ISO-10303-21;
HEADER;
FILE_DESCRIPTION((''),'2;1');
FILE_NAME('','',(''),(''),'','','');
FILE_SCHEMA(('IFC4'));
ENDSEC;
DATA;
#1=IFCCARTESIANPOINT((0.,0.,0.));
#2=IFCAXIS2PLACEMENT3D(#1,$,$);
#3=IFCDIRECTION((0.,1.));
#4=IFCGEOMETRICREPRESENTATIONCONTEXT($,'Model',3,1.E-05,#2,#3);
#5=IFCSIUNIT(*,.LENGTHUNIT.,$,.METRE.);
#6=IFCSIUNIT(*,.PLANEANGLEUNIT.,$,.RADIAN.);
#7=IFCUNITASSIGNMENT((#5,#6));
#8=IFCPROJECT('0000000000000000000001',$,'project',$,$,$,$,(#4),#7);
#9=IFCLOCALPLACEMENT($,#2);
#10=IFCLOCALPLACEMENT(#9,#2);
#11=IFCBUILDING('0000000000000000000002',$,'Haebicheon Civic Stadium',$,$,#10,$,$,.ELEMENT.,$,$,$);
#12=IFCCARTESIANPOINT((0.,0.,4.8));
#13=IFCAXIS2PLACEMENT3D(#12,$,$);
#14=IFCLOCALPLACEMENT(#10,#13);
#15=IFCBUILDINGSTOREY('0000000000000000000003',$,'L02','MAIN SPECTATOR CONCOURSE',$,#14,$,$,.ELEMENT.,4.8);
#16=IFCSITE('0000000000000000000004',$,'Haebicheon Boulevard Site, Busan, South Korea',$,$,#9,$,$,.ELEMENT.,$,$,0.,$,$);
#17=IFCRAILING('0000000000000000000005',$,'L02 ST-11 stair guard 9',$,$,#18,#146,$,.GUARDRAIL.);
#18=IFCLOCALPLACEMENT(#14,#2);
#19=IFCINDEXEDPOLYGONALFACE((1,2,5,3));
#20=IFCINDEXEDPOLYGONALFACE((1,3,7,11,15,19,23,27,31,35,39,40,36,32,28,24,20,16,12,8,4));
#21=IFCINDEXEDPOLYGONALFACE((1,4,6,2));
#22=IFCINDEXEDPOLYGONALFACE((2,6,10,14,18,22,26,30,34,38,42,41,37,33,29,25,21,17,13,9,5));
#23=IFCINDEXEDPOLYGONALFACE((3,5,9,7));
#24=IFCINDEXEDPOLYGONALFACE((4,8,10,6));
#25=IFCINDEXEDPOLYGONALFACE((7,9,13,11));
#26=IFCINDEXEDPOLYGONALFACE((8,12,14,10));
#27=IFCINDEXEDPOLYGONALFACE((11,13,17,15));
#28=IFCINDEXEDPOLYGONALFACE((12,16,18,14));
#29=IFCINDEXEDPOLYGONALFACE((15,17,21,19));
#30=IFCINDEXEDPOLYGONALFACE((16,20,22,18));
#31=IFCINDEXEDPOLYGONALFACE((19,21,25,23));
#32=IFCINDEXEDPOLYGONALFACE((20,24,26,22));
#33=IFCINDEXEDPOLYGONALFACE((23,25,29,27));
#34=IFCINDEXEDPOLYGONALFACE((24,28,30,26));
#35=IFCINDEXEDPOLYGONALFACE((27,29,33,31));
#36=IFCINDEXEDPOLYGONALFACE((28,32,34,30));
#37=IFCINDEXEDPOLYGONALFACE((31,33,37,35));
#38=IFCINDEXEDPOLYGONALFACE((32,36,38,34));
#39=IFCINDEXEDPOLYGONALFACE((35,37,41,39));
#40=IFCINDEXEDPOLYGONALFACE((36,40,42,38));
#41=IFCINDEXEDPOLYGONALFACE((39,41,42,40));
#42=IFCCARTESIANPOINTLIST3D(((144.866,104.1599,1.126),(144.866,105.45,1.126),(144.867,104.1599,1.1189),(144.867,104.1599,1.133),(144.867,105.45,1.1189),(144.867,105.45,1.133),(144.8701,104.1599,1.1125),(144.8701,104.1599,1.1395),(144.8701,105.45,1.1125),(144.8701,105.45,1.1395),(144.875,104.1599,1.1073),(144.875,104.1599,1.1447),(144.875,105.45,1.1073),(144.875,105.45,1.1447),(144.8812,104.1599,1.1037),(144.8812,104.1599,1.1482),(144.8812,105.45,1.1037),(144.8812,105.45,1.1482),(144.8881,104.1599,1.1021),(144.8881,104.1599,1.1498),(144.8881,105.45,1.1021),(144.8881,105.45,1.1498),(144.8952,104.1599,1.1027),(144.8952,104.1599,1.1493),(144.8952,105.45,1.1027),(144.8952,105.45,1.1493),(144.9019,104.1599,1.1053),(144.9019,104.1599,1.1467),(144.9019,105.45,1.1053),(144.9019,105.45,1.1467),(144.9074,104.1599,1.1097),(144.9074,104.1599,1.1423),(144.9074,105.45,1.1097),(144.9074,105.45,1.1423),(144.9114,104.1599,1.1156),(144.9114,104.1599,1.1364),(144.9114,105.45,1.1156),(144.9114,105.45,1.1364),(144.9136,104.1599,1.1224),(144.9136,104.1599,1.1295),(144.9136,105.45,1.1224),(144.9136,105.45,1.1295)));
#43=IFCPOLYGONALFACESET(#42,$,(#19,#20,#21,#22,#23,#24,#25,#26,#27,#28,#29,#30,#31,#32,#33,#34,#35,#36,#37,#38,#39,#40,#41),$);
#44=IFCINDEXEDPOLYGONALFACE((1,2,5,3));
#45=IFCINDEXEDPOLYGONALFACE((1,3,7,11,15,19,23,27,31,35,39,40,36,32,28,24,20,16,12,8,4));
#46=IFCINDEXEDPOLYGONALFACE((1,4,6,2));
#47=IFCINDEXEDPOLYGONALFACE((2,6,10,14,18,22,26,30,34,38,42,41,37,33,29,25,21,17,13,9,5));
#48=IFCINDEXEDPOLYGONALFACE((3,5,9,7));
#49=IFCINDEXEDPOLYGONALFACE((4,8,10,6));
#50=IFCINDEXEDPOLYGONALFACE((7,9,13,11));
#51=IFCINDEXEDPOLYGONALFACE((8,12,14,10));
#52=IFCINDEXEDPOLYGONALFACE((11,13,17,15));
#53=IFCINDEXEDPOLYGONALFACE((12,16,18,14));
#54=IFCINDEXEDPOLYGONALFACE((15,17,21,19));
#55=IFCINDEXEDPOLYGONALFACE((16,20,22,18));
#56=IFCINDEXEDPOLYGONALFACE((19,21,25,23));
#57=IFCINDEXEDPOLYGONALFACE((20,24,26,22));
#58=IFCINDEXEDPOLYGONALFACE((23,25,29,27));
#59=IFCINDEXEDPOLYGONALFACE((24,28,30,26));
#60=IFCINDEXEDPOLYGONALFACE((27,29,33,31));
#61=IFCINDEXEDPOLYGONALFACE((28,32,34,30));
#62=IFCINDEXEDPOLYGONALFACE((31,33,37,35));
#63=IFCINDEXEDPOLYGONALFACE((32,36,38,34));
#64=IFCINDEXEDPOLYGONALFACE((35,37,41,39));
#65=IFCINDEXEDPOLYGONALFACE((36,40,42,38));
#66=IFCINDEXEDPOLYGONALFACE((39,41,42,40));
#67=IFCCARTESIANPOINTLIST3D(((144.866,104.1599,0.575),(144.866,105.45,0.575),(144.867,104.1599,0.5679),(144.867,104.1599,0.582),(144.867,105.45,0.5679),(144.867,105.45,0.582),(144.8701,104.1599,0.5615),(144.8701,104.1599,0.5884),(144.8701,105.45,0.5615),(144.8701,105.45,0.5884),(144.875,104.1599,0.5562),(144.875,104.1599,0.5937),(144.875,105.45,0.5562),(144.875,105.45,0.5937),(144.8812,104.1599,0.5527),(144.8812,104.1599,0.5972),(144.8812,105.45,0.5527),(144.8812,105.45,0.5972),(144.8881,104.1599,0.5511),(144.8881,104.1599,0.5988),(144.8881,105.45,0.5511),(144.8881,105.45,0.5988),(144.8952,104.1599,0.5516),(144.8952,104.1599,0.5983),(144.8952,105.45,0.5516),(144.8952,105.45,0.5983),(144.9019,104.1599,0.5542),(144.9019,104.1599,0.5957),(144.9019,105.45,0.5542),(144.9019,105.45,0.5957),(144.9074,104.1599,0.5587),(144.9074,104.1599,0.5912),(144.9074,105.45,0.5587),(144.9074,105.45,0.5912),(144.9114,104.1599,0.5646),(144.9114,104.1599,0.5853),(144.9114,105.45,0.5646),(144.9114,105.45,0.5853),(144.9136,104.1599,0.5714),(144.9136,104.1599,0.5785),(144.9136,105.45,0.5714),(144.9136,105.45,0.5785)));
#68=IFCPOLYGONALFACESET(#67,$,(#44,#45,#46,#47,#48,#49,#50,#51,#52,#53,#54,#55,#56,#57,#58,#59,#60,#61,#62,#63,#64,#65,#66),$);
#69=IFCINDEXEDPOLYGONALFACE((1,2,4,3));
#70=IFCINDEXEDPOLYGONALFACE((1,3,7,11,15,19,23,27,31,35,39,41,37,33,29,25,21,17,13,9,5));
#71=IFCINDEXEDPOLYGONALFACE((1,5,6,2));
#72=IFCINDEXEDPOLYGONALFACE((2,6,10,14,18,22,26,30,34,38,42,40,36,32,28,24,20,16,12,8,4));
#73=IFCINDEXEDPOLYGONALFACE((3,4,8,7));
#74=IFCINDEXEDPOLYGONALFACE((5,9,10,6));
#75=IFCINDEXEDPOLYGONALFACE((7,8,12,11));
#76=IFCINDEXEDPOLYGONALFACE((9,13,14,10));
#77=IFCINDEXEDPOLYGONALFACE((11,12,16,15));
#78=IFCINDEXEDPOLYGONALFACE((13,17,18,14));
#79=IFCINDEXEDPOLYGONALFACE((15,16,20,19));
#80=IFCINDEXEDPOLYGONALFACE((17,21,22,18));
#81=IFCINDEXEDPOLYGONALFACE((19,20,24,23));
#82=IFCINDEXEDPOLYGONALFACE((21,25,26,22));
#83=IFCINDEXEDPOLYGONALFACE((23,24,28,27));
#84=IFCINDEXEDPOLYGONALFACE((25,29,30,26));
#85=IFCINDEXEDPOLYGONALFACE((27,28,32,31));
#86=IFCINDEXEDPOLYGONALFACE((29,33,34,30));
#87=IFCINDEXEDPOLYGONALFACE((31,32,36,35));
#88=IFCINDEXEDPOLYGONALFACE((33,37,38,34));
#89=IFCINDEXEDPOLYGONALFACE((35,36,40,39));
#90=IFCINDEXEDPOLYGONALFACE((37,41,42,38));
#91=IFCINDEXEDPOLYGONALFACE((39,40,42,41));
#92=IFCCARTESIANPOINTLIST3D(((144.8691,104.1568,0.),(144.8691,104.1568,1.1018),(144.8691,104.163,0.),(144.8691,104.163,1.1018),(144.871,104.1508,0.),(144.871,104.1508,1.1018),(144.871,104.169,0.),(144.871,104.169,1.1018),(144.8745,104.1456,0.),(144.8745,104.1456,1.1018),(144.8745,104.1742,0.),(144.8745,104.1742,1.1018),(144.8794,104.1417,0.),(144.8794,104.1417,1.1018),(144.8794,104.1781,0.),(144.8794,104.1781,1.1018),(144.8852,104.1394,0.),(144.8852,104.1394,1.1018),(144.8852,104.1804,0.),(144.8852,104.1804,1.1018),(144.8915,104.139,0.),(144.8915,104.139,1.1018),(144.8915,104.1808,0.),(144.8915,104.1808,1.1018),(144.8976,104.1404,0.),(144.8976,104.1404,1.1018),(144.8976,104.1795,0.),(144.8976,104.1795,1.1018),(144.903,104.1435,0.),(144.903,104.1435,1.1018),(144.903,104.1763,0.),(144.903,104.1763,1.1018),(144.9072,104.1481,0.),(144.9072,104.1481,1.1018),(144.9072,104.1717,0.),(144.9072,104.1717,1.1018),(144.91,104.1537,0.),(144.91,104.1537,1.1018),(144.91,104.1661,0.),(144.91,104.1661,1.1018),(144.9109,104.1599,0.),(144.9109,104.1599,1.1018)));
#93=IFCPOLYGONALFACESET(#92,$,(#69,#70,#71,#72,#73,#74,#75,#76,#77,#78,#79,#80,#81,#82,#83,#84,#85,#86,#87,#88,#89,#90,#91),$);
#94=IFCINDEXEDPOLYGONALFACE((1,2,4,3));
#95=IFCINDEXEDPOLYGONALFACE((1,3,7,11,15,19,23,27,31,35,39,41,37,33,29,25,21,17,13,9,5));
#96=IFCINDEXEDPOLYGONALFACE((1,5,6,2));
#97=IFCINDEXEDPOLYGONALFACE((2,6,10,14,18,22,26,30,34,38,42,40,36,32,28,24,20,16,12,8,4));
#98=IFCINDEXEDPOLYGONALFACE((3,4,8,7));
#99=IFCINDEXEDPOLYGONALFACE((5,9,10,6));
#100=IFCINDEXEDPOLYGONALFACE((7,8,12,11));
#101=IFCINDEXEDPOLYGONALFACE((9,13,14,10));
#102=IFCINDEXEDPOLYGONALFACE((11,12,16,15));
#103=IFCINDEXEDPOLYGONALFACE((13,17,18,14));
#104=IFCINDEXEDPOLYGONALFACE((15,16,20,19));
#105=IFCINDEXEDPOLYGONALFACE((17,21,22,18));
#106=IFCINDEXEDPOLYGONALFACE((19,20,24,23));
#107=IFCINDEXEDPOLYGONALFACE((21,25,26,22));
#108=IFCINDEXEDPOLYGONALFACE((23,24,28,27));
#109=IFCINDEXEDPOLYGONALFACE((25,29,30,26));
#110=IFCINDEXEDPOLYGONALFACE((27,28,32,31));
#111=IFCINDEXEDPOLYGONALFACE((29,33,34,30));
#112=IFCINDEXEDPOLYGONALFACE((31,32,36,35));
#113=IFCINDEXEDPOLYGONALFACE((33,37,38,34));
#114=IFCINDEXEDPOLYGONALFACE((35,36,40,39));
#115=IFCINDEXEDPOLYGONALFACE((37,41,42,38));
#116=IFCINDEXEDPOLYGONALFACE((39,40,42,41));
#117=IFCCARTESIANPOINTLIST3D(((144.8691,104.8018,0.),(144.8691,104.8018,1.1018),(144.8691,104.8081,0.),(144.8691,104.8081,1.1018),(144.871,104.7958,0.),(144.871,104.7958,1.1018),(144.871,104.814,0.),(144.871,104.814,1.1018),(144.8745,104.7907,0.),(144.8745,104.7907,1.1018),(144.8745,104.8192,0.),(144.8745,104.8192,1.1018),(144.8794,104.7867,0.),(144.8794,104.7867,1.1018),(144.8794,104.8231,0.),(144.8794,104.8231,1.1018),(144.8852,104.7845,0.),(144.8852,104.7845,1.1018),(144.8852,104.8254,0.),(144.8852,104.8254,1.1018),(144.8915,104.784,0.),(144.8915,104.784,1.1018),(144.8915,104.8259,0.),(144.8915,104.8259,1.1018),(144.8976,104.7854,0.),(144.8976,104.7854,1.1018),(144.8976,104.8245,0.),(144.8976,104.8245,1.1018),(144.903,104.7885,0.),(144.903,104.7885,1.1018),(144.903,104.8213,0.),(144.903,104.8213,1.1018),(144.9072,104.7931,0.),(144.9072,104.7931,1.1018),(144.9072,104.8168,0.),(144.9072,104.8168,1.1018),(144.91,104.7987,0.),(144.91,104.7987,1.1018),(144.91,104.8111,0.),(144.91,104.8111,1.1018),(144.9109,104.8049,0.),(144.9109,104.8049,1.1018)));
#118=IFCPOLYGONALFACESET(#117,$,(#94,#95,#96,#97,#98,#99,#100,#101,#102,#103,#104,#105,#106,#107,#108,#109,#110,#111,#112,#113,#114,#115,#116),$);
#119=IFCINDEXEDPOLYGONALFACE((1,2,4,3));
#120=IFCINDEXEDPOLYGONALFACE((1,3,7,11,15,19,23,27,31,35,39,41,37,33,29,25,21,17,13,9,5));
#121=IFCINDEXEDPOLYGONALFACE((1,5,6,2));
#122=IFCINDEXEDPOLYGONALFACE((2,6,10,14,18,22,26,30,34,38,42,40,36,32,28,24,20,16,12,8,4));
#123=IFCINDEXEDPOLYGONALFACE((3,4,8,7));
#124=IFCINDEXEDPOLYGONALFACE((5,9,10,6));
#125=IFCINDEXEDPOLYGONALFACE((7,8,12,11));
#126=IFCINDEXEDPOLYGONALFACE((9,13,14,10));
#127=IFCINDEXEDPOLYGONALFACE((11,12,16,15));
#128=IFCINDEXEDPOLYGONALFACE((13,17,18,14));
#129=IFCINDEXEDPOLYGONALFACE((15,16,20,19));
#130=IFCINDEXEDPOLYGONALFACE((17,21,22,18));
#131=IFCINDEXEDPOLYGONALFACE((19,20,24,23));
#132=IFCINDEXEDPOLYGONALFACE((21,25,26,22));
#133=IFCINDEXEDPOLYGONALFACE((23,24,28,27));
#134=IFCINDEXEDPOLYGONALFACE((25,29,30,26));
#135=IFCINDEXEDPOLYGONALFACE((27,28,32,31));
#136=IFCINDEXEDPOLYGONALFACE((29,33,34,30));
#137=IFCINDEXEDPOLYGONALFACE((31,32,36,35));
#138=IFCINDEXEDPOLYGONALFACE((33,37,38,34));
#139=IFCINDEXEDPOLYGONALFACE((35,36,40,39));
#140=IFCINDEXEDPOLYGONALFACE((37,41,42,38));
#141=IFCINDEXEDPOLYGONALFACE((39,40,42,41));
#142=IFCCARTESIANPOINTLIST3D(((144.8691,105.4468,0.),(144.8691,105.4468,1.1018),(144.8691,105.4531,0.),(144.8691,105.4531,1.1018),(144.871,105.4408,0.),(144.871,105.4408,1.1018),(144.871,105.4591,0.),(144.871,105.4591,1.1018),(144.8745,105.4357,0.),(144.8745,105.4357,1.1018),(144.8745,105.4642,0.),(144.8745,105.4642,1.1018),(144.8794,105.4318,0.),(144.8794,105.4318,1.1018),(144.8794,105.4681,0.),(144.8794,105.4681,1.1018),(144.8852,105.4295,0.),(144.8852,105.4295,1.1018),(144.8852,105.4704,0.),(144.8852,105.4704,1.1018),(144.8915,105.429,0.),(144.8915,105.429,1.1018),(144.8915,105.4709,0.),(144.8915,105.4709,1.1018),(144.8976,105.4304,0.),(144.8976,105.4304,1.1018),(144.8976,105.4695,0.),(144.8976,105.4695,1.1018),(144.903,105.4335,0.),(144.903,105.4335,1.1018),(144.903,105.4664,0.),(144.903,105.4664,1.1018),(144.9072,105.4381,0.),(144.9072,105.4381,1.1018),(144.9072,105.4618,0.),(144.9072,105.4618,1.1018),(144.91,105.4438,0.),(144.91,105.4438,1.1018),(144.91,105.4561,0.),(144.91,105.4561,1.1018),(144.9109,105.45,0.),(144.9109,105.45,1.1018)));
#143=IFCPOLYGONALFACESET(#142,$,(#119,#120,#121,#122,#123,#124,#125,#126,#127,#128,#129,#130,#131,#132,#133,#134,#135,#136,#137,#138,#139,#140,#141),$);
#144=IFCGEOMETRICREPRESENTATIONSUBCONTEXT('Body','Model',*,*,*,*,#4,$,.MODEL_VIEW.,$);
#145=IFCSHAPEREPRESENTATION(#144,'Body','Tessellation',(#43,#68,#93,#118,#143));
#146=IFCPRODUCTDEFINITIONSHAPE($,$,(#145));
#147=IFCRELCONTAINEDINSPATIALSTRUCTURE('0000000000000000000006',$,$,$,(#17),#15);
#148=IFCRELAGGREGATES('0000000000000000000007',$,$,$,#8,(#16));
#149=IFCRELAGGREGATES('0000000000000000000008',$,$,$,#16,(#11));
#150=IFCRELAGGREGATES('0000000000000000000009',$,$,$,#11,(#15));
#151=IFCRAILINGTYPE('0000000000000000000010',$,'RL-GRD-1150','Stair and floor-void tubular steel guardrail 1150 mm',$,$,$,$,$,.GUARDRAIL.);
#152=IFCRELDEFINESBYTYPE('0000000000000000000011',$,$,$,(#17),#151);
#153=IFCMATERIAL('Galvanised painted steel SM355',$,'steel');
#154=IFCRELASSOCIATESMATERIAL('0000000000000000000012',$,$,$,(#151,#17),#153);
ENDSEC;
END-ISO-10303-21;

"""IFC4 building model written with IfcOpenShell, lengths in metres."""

from ifc_helpers import new_model, si_unit, direction, frame, origin, origin_2d, place, context, subcontext, project, spatial, circle, extrude, material, type_object, element, save


model = new_model("IFC4")

# Units and contexts
model_context = context("Model", 3, precision=1e-05, world=origin(), true_north=direction((0.0, 1.0)))
body_context = subcontext(model_context, "Body", "Model", "MODEL_VIEW")
ifc_project = project(units=[si_unit("LENGTHUNIT", "METRE"), si_unit("PLANEANGLEUNIT", "RADIAN")], contexts=[model_context])

# Site, building, storey
site_placement = place(None, origin())
site = spatial("IfcSite", under=ifc_project, at=site_placement, Name="Haebicheon Boulevard Site, Busan, South Korea", CompositionType="ELEMENT", RefElevation=0.0)
building_placement = place(site_placement, origin())
building = spatial("IfcBuilding", under=site, at=building_placement, Name="Haebicheon Civic Stadium", CompositionType="ELEMENT")
storey_placement = place(building_placement, frame((0.0, 0.0, 4.8)))
storey = spatial("IfcBuildingStorey", under=building, at=storey_placement, Name="L02", Description="MAIN SPECTATOR CONCOURSE", CompositionType="ELEMENT", Elevation=4.8)

# Railing
ifc_material_1 = material(Name="Galvanised painted steel SM355", Category="steel")
railing_type_1 = type_object("IfcRailingType", Name="RL-GRD-1150", Description="Stair and floor-void tubular steel guardrail 1150 mm", PredefinedType="GUARDRAIL", material=ifc_material_1)
railing_1_placement = place(storey_placement, frame((144.8899, 104.1599, 0.0)))
element("IfcRailing", 1, at=railing_1_placement, inside=storey, type_object=railing_type_1, material=ifc_material_1, Name="L02 ST-11 stair guard 9", PredefinedType="GUARDRAIL", context=body_context, shape_type="SweptSolid", body=[
    extrude(circle(Radius=0.0239, at=origin_2d()), frame((0.0, 0.0, 1.126), z_axis=(0.0, 1.0, 0.0), x_axis=(-1.0, 0.0, 0.0)), (0.0, 0.0, 1.0), 1.29),
    extrude(circle(Radius=0.0239, at=origin_2d()), frame((0.0, 0.0, 0.575), z_axis=(0.0, 1.0, 0.0), x_axis=(-1.0, 0.0, 0.0)), (0.0, 0.0, 1.0), 1.29),
    extrude(circle(Radius=0.021, at=origin_2d()), origin(), (0.0, 0.0, 1.0), 1.1018),
    extrude(circle(Radius=0.021, at=origin_2d()), frame((0.0, 0.645, 0.0)), (0.0, 0.0, 1.0), 1.1018),
    extrude(circle(Radius=0.021, at=origin_2d()), frame((0.0, 1.29, 0.0)), (0.0, 0.0, 1.0), 1.1018),
])

save(model, "model.ifc")
